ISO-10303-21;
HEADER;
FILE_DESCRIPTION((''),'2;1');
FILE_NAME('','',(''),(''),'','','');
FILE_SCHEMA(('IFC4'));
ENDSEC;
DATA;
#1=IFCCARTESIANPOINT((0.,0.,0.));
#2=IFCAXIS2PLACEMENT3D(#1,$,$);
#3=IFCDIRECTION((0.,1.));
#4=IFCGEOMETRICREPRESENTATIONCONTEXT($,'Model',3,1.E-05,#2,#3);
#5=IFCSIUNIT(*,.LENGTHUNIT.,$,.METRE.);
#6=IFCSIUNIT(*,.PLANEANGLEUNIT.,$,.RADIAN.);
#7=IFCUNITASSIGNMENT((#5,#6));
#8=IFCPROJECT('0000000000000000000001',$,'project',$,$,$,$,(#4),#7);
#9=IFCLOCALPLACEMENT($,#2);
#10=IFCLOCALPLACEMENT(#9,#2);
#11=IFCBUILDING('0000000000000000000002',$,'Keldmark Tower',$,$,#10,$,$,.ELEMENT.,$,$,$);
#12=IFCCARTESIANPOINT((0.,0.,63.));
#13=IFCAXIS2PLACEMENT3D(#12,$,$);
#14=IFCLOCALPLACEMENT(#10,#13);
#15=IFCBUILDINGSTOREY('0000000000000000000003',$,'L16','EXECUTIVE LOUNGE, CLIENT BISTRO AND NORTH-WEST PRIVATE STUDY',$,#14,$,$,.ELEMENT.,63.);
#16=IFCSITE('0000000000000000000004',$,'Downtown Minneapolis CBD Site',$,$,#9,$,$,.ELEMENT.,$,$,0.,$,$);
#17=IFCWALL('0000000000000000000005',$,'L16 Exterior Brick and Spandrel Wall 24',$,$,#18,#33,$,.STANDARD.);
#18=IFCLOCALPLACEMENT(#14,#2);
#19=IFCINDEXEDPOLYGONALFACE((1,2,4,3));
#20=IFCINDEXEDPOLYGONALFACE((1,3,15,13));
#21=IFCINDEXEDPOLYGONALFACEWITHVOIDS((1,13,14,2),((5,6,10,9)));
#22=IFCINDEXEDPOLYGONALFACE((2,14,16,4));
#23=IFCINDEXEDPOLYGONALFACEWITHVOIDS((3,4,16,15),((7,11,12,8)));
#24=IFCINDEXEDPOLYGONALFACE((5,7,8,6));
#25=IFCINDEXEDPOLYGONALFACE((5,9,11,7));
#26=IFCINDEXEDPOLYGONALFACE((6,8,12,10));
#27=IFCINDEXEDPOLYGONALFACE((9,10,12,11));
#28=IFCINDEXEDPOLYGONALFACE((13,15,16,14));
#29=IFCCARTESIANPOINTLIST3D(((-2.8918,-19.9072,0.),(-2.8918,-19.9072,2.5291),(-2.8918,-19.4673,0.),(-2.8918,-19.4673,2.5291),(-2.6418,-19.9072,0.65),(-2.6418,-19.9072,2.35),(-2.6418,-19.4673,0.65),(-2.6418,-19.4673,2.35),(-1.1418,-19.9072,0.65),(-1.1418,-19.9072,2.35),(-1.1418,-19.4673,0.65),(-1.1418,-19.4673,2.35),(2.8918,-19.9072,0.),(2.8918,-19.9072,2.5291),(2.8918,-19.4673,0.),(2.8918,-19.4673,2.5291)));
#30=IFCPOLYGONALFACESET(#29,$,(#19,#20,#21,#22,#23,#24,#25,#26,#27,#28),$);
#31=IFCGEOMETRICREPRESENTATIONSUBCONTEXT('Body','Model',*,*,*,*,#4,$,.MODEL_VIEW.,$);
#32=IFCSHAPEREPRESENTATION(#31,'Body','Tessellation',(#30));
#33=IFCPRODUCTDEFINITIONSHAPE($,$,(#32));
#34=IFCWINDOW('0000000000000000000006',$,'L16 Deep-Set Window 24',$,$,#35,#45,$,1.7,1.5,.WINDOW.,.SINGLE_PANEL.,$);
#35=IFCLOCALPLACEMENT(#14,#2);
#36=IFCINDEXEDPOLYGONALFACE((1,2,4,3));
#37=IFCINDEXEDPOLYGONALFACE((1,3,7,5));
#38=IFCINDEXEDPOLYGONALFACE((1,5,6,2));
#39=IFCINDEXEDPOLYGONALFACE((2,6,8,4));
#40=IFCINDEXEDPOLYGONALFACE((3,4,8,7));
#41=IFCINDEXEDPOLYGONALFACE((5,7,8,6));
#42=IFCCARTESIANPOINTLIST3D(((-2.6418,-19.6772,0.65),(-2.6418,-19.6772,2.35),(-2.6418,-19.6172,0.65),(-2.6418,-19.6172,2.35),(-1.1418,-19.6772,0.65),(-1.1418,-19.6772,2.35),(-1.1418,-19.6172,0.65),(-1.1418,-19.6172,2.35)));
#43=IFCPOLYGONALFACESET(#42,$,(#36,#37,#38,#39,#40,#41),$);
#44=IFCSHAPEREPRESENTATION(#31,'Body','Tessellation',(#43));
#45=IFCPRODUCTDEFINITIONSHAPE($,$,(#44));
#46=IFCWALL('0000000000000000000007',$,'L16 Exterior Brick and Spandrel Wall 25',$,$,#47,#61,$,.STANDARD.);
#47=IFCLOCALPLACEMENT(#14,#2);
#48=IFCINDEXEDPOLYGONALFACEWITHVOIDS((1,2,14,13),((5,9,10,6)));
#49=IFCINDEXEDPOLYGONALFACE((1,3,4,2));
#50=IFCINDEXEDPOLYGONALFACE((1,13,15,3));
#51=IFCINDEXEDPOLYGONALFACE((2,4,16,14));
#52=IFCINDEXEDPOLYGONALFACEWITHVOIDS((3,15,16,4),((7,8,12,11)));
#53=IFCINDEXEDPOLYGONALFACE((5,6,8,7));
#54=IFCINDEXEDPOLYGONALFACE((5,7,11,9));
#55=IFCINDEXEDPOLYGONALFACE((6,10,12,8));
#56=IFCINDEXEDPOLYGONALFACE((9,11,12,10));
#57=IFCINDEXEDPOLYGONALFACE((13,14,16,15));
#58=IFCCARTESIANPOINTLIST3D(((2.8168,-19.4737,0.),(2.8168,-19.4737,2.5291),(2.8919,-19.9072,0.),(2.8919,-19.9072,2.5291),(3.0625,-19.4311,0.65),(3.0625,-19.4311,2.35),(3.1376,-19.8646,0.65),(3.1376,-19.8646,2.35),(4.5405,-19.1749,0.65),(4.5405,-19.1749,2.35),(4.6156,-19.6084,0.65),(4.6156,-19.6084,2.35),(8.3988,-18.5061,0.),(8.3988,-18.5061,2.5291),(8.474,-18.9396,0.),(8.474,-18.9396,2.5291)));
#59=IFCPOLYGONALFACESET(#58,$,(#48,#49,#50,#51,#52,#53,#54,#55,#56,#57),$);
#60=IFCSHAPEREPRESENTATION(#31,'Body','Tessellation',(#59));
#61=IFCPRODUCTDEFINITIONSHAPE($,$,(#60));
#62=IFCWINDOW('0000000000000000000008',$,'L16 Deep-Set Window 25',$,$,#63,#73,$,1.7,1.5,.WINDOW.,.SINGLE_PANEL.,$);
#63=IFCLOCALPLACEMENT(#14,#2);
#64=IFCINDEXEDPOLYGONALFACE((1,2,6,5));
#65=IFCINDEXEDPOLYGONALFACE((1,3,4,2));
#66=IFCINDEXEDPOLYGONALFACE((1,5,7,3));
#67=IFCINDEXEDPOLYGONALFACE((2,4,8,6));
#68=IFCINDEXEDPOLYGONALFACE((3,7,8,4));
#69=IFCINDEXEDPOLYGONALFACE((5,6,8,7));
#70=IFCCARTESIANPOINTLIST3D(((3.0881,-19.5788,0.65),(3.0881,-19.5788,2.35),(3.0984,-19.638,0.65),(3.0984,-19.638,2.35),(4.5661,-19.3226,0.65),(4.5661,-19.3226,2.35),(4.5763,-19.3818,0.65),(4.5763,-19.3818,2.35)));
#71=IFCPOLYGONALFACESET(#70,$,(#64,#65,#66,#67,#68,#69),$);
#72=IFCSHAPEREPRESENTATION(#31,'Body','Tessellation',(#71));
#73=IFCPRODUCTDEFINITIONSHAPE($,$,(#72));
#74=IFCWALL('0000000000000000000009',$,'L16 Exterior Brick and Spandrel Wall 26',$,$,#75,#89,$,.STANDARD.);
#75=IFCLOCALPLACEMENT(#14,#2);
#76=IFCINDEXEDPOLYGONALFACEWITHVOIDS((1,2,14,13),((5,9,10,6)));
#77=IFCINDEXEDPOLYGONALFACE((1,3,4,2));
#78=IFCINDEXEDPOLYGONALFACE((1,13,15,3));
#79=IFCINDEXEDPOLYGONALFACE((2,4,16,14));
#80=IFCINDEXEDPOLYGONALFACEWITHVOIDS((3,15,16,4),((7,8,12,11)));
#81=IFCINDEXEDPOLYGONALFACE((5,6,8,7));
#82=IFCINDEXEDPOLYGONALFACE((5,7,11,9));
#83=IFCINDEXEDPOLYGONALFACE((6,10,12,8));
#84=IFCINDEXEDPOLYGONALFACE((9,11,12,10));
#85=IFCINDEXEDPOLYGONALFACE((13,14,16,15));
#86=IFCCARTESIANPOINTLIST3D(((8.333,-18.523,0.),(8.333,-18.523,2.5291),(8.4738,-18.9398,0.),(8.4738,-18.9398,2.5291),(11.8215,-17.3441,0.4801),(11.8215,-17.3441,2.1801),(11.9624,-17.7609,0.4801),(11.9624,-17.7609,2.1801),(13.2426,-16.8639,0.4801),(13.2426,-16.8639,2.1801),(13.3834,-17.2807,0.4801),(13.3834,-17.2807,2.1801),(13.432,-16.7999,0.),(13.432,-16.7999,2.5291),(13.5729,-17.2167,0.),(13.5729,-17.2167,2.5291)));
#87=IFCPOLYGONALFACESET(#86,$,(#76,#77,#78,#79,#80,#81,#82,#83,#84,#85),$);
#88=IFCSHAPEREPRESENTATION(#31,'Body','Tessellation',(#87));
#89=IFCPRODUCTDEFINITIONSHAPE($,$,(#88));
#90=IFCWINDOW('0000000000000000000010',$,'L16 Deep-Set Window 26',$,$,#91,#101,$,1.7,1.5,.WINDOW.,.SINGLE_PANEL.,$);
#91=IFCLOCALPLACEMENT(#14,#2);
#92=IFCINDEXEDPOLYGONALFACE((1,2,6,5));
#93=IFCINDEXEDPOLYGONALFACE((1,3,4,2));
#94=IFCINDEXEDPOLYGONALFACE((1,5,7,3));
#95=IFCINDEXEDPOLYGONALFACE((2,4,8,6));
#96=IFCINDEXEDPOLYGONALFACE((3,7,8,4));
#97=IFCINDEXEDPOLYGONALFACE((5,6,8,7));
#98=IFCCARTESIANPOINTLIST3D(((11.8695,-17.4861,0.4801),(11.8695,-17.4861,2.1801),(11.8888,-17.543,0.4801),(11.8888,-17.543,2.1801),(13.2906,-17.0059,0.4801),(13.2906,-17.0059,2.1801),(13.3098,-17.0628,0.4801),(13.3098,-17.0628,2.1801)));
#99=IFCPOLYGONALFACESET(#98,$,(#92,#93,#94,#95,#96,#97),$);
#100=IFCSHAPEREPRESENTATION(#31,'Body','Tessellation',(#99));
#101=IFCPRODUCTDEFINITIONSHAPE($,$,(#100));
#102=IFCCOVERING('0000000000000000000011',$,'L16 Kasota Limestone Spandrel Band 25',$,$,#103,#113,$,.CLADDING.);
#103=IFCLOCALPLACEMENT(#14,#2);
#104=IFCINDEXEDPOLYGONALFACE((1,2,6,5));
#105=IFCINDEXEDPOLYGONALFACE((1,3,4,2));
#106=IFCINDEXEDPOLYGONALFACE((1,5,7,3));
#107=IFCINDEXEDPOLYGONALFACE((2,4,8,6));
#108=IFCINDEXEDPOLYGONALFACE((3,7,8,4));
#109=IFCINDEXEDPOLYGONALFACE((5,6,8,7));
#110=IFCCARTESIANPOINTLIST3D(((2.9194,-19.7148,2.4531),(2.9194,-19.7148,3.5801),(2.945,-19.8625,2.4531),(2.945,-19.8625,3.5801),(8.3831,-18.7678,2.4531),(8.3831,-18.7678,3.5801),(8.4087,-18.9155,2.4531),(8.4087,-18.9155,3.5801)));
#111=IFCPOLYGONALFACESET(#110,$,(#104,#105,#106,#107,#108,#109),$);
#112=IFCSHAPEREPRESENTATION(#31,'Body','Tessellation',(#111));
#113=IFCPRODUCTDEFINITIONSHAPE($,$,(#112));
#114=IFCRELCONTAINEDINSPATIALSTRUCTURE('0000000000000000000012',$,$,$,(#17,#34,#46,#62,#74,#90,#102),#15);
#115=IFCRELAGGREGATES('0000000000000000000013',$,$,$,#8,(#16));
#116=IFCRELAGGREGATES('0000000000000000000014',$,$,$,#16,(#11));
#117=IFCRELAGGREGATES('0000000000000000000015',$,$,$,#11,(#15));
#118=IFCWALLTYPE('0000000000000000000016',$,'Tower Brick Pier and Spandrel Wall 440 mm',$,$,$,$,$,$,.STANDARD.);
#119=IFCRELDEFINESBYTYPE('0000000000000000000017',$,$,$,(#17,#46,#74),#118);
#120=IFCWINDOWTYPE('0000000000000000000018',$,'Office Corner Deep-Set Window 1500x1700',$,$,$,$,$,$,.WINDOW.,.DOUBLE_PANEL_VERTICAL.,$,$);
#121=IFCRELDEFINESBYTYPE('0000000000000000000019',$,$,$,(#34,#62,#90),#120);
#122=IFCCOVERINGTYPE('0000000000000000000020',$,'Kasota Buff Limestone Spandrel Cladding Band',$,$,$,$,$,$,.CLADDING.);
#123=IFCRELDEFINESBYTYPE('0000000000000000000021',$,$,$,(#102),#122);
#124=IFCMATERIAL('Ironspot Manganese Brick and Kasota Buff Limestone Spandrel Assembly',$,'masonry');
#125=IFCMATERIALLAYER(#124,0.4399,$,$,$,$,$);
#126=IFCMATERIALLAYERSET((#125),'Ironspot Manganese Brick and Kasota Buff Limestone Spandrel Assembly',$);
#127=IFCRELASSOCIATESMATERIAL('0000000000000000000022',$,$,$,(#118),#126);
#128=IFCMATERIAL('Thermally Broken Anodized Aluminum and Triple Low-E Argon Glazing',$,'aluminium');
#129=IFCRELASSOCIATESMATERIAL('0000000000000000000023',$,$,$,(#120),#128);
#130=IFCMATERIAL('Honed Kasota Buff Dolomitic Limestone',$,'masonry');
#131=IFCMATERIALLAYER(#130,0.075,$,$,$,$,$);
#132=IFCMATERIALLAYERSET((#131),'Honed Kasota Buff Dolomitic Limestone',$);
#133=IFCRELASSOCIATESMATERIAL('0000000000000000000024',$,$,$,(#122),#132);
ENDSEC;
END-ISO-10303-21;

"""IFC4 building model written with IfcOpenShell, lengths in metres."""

from ifc_helpers import new_model, si_unit, direction, frame, frame_2d, origin, origin_2d, place, context, subcontext, project, spatial, rectangle, extrude, material, layer, layer_set, type_object, element, fill, save


model = new_model("IFC4")

# Units and contexts
model_context = context("Model", 3, precision=1e-05, world=origin(), true_north=direction((0.0, 1.0)))
body_context = subcontext(model_context, "Body", "Model", "MODEL_VIEW")
ifc_project = project(units=[si_unit("LENGTHUNIT", "METRE"), si_unit("PLANEANGLEUNIT", "RADIAN")], contexts=[model_context])

# Site, building, storey
site_placement = place(None, origin())
site = spatial("IfcSite", under=ifc_project, at=site_placement, Name="Downtown Minneapolis CBD Site", CompositionType="ELEMENT", RefElevation=0.0)
building_placement = place(site_placement, origin())
building = spatial("IfcBuilding", under=site, at=building_placement, Name="Keldmark Tower", CompositionType="ELEMENT")
storey_placement = place(building_placement, frame((0.0, 0.0, 63.0)))
storey = spatial("IfcBuildingStorey", under=building, at=storey_placement, Name="L16", Description="EXECUTIVE LOUNGE, CLIENT BISTRO AND NORTH-WEST PRIVATE STUDY", CompositionType="ELEMENT", Elevation=63.0)

# Walls, openings, windows
ifc_material_1 = material(Name="Ironspot Manganese Brick and Kasota Buff Limestone Spandrel Assembly", Category="masonry")
ifc_layer_1 = layer(ifc_material_1, 0.4399)
ifc_layer_set_1 = layer_set([ifc_layer_1], Name="Ironspot Manganese Brick and Kasota Buff Limestone Spandrel Assembly")
wall_type_1 = type_object("IfcWallType", Name="Tower Brick Pier and Spandrel Wall 440 mm", PredefinedType="STANDARD", material=ifc_layer_set_1)
wall_1_placement = place(storey_placement, frame((2.8918, -19.6873, 0.0), z_axis=(0.0, 0.0, 1.0), x_axis=(-1.0, 0.0, 0.0)))
wall_1 = element("IfcWall", 1, at=wall_1_placement, inside=storey, type_object=wall_type_1, Name="L16 Exterior Brick and Spandrel Wall 24", PredefinedType="STANDARD", context=body_context, shape_type="SweptSolid", body=[
    extrude(rectangle(XDim=5.7837, YDim=0.4399, at=frame_2d((2.8918, 0.0))), origin(), (0.0, 0.0, 1.0), 2.5291),
])
opening_1_placement = place(wall_1_placement, frame((4.0337, 0.0, 0.6499)))
opening_1 = element("IfcOpeningElement", 2, at=opening_1_placement, cuts=wall_1, PredefinedType="OPENING", context=body_context, shape_type="SweptSolid", body=[
    extrude(rectangle(XDim=1.5, YDim=1.7, at=frame_2d((0.75, 0.8501))), frame((0.0, 0.23, 0.0), z_axis=(0.0, -1.0, 0.0), x_axis=(1.0, 0.0, 0.0)), (0.0, 0.0, 1.0), 0.46),
])
ifc_material_2 = material(Name="Thermally Broken Anodized Aluminum and Triple Low-E Argon Glazing", Category="aluminium")
window_type = type_object("IfcWindowType", Name="Office Corner Deep-Set Window 1500x1700", PartitioningType="DOUBLE_PANEL_VERTICAL", PredefinedType="WINDOW", material=ifc_material_2)
window_1_placement = place(opening_1_placement, origin())
window_1 = element("IfcWindow", 3, at=window_1_placement, inside=storey, type_object=window_type, Name="L16 Deep-Set Window 24", OverallHeight=1.7, OverallWidth=1.5, PartitioningType="SINGLE_PANEL", PredefinedType="WINDOW", context=body_context, shape_type="SweptSolid", body=[
    extrude(rectangle(XDim=1.5, YDim=1.7, at=frame_2d((0.75, 0.8501))), frame((0.0, -0.01, 0.0), z_axis=(0.0, -1.0, 0.0), x_axis=(1.0, 0.0, 0.0)), (0.0, 0.0, 1.0), 0.0601),
])
fill(opening_1, window_1)
wall_2_placement = place(storey_placement, frame((8.4363, -18.7229, 0.0), z_axis=(0.0, 0.0, 1.0), x_axis=(-0.985309, -0.170783, 0.0)))
wall_2 = element("IfcWall", 4, at=wall_2_placement, inside=storey, type_object=wall_type_1, Name="L16 Exterior Brick and Spandrel Wall 25", PredefinedType="STANDARD", context=body_context, shape_type="SweptSolid", body=[
    extrude(rectangle(XDim=5.6653, YDim=0.4399, at=frame_2d((2.8325, 0.0))), origin(), (0.0, 0.0, 1.0), 2.5291),
])
opening_2_placement = place(wall_2_placement, frame((3.9158, 0.0, 0.6499)))
opening_2 = element("IfcOpeningElement", 5, at=opening_2_placement, cuts=wall_2, PredefinedType="OPENING", context=body_context, shape_type="SweptSolid", body=[
    extrude(rectangle(XDim=1.5, YDim=1.7, at=frame_2d((0.75, 0.8501))), frame((0.0, 0.23, 0.0), z_axis=(0.0, -1.0, 0.0), x_axis=(1.0, 0.0, 0.0)), (0.0, 0.0, 1.0), 0.46),
])
window_2_placement = place(opening_2_placement, origin())
window_2 = element("IfcWindow", 6, at=window_2_placement, inside=storey, type_object=window_type, Name="L16 Deep-Set Window 25", OverallHeight=1.7, OverallWidth=1.5, PartitioningType="SINGLE_PANEL", PredefinedType="WINDOW", context=body_context, shape_type="SweptSolid", body=[
    extrude(rectangle(XDim=1.5, YDim=1.7, at=frame_2d((0.75, 0.8501))), frame((0.0, -0.01, 0.0), z_axis=(0.0, -1.0, 0.0), x_axis=(1.0, 0.0, 0.0)), (0.0, 0.0, 1.0), 0.0601),
])
fill(opening_2, window_2)
wall_3_placement = place(storey_placement, frame((13.5024, -17.0083, 0.0), z_axis=(0.0, 0.0, 1.0), x_axis=(-0.947369, -0.320144, 0.0)))
wall_3 = element("IfcWall", 7, at=wall_3_placement, inside=storey, type_object=wall_type_1, Name="L16 Exterior Brick and Spandrel Wall 26", PredefinedType="STANDARD", context=body_context, shape_type="SweptSolid", body=[
    extrude(rectangle(XDim=5.3823, YDim=0.4399, at=frame_2d((2.6912, 0.0))), origin(), (0.0, 0.0, 1.0), 2.5291),
])
opening_3_placement = place(wall_3_placement, frame((0.2, 0.0, 0.48)))
opening_3 = element("IfcOpeningElement", 8, at=opening_3_placement, cuts=wall_3, PredefinedType="OPENING", context=body_context, shape_type="SweptSolid", body=[
    extrude(rectangle(XDim=1.5, YDim=1.7, at=frame_2d((0.75, 0.8501))), frame((0.0, 0.23, 0.0), z_axis=(0.0, -1.0, 0.0), x_axis=(1.0, 0.0, 0.0)), (0.0, 0.0, 1.0), 0.46),
])
window_3_placement = place(opening_3_placement, origin())
window_3 = element("IfcWindow", 9, at=window_3_placement, inside=storey, type_object=window_type, Name="L16 Deep-Set Window 26", OverallHeight=1.7, OverallWidth=1.5, PartitioningType="SINGLE_PANEL", PredefinedType="WINDOW", context=body_context, shape_type="SweptSolid", body=[
    extrude(rectangle(XDim=1.5, YDim=1.7, at=frame_2d((0.75, 0.8501))), frame((0.0, -0.01, 0.0), z_axis=(0.0, -1.0, 0.0), x_axis=(1.0, 0.0, 0.0)), (0.0, 0.0, 1.0), 0.0601),
])
fill(opening_3, window_3)

# Covering
ifc_material_3 = material(Name="Honed Kasota Buff Dolomitic Limestone", Category="masonry")
ifc_layer_2 = layer(ifc_material_3, 0.075)
ifc_layer_set_2 = layer_set([ifc_layer_2], Name="Honed Kasota Buff Dolomitic Limestone")
covering_type = type_object("IfcCoveringType", Name="Kasota Buff Limestone Spandrel Cladding Band", PredefinedType="CLADDING", material=ifc_layer_set_2)
covering_placement = place(storey_placement, frame((5.6641, -19.3152, 2.4531), z_axis=(0.0, 0.0, 1.0), x_axis=(0.98531, 0.170777, 0.0)))
element("IfcCovering", 10, at=covering_placement, inside=storey, type_object=covering_type, Name="L16 Kasota Limestone Spandrel Band 25", PredefinedType="CLADDING", context=body_context, shape_type="SweptSolid", body=[
    extrude(rectangle(XDim=5.5452, YDim=0.1499, at=origin_2d()), origin(), (0.0, 0.0, 1.0), 1.127),
])

save(model, "model.ifc")
